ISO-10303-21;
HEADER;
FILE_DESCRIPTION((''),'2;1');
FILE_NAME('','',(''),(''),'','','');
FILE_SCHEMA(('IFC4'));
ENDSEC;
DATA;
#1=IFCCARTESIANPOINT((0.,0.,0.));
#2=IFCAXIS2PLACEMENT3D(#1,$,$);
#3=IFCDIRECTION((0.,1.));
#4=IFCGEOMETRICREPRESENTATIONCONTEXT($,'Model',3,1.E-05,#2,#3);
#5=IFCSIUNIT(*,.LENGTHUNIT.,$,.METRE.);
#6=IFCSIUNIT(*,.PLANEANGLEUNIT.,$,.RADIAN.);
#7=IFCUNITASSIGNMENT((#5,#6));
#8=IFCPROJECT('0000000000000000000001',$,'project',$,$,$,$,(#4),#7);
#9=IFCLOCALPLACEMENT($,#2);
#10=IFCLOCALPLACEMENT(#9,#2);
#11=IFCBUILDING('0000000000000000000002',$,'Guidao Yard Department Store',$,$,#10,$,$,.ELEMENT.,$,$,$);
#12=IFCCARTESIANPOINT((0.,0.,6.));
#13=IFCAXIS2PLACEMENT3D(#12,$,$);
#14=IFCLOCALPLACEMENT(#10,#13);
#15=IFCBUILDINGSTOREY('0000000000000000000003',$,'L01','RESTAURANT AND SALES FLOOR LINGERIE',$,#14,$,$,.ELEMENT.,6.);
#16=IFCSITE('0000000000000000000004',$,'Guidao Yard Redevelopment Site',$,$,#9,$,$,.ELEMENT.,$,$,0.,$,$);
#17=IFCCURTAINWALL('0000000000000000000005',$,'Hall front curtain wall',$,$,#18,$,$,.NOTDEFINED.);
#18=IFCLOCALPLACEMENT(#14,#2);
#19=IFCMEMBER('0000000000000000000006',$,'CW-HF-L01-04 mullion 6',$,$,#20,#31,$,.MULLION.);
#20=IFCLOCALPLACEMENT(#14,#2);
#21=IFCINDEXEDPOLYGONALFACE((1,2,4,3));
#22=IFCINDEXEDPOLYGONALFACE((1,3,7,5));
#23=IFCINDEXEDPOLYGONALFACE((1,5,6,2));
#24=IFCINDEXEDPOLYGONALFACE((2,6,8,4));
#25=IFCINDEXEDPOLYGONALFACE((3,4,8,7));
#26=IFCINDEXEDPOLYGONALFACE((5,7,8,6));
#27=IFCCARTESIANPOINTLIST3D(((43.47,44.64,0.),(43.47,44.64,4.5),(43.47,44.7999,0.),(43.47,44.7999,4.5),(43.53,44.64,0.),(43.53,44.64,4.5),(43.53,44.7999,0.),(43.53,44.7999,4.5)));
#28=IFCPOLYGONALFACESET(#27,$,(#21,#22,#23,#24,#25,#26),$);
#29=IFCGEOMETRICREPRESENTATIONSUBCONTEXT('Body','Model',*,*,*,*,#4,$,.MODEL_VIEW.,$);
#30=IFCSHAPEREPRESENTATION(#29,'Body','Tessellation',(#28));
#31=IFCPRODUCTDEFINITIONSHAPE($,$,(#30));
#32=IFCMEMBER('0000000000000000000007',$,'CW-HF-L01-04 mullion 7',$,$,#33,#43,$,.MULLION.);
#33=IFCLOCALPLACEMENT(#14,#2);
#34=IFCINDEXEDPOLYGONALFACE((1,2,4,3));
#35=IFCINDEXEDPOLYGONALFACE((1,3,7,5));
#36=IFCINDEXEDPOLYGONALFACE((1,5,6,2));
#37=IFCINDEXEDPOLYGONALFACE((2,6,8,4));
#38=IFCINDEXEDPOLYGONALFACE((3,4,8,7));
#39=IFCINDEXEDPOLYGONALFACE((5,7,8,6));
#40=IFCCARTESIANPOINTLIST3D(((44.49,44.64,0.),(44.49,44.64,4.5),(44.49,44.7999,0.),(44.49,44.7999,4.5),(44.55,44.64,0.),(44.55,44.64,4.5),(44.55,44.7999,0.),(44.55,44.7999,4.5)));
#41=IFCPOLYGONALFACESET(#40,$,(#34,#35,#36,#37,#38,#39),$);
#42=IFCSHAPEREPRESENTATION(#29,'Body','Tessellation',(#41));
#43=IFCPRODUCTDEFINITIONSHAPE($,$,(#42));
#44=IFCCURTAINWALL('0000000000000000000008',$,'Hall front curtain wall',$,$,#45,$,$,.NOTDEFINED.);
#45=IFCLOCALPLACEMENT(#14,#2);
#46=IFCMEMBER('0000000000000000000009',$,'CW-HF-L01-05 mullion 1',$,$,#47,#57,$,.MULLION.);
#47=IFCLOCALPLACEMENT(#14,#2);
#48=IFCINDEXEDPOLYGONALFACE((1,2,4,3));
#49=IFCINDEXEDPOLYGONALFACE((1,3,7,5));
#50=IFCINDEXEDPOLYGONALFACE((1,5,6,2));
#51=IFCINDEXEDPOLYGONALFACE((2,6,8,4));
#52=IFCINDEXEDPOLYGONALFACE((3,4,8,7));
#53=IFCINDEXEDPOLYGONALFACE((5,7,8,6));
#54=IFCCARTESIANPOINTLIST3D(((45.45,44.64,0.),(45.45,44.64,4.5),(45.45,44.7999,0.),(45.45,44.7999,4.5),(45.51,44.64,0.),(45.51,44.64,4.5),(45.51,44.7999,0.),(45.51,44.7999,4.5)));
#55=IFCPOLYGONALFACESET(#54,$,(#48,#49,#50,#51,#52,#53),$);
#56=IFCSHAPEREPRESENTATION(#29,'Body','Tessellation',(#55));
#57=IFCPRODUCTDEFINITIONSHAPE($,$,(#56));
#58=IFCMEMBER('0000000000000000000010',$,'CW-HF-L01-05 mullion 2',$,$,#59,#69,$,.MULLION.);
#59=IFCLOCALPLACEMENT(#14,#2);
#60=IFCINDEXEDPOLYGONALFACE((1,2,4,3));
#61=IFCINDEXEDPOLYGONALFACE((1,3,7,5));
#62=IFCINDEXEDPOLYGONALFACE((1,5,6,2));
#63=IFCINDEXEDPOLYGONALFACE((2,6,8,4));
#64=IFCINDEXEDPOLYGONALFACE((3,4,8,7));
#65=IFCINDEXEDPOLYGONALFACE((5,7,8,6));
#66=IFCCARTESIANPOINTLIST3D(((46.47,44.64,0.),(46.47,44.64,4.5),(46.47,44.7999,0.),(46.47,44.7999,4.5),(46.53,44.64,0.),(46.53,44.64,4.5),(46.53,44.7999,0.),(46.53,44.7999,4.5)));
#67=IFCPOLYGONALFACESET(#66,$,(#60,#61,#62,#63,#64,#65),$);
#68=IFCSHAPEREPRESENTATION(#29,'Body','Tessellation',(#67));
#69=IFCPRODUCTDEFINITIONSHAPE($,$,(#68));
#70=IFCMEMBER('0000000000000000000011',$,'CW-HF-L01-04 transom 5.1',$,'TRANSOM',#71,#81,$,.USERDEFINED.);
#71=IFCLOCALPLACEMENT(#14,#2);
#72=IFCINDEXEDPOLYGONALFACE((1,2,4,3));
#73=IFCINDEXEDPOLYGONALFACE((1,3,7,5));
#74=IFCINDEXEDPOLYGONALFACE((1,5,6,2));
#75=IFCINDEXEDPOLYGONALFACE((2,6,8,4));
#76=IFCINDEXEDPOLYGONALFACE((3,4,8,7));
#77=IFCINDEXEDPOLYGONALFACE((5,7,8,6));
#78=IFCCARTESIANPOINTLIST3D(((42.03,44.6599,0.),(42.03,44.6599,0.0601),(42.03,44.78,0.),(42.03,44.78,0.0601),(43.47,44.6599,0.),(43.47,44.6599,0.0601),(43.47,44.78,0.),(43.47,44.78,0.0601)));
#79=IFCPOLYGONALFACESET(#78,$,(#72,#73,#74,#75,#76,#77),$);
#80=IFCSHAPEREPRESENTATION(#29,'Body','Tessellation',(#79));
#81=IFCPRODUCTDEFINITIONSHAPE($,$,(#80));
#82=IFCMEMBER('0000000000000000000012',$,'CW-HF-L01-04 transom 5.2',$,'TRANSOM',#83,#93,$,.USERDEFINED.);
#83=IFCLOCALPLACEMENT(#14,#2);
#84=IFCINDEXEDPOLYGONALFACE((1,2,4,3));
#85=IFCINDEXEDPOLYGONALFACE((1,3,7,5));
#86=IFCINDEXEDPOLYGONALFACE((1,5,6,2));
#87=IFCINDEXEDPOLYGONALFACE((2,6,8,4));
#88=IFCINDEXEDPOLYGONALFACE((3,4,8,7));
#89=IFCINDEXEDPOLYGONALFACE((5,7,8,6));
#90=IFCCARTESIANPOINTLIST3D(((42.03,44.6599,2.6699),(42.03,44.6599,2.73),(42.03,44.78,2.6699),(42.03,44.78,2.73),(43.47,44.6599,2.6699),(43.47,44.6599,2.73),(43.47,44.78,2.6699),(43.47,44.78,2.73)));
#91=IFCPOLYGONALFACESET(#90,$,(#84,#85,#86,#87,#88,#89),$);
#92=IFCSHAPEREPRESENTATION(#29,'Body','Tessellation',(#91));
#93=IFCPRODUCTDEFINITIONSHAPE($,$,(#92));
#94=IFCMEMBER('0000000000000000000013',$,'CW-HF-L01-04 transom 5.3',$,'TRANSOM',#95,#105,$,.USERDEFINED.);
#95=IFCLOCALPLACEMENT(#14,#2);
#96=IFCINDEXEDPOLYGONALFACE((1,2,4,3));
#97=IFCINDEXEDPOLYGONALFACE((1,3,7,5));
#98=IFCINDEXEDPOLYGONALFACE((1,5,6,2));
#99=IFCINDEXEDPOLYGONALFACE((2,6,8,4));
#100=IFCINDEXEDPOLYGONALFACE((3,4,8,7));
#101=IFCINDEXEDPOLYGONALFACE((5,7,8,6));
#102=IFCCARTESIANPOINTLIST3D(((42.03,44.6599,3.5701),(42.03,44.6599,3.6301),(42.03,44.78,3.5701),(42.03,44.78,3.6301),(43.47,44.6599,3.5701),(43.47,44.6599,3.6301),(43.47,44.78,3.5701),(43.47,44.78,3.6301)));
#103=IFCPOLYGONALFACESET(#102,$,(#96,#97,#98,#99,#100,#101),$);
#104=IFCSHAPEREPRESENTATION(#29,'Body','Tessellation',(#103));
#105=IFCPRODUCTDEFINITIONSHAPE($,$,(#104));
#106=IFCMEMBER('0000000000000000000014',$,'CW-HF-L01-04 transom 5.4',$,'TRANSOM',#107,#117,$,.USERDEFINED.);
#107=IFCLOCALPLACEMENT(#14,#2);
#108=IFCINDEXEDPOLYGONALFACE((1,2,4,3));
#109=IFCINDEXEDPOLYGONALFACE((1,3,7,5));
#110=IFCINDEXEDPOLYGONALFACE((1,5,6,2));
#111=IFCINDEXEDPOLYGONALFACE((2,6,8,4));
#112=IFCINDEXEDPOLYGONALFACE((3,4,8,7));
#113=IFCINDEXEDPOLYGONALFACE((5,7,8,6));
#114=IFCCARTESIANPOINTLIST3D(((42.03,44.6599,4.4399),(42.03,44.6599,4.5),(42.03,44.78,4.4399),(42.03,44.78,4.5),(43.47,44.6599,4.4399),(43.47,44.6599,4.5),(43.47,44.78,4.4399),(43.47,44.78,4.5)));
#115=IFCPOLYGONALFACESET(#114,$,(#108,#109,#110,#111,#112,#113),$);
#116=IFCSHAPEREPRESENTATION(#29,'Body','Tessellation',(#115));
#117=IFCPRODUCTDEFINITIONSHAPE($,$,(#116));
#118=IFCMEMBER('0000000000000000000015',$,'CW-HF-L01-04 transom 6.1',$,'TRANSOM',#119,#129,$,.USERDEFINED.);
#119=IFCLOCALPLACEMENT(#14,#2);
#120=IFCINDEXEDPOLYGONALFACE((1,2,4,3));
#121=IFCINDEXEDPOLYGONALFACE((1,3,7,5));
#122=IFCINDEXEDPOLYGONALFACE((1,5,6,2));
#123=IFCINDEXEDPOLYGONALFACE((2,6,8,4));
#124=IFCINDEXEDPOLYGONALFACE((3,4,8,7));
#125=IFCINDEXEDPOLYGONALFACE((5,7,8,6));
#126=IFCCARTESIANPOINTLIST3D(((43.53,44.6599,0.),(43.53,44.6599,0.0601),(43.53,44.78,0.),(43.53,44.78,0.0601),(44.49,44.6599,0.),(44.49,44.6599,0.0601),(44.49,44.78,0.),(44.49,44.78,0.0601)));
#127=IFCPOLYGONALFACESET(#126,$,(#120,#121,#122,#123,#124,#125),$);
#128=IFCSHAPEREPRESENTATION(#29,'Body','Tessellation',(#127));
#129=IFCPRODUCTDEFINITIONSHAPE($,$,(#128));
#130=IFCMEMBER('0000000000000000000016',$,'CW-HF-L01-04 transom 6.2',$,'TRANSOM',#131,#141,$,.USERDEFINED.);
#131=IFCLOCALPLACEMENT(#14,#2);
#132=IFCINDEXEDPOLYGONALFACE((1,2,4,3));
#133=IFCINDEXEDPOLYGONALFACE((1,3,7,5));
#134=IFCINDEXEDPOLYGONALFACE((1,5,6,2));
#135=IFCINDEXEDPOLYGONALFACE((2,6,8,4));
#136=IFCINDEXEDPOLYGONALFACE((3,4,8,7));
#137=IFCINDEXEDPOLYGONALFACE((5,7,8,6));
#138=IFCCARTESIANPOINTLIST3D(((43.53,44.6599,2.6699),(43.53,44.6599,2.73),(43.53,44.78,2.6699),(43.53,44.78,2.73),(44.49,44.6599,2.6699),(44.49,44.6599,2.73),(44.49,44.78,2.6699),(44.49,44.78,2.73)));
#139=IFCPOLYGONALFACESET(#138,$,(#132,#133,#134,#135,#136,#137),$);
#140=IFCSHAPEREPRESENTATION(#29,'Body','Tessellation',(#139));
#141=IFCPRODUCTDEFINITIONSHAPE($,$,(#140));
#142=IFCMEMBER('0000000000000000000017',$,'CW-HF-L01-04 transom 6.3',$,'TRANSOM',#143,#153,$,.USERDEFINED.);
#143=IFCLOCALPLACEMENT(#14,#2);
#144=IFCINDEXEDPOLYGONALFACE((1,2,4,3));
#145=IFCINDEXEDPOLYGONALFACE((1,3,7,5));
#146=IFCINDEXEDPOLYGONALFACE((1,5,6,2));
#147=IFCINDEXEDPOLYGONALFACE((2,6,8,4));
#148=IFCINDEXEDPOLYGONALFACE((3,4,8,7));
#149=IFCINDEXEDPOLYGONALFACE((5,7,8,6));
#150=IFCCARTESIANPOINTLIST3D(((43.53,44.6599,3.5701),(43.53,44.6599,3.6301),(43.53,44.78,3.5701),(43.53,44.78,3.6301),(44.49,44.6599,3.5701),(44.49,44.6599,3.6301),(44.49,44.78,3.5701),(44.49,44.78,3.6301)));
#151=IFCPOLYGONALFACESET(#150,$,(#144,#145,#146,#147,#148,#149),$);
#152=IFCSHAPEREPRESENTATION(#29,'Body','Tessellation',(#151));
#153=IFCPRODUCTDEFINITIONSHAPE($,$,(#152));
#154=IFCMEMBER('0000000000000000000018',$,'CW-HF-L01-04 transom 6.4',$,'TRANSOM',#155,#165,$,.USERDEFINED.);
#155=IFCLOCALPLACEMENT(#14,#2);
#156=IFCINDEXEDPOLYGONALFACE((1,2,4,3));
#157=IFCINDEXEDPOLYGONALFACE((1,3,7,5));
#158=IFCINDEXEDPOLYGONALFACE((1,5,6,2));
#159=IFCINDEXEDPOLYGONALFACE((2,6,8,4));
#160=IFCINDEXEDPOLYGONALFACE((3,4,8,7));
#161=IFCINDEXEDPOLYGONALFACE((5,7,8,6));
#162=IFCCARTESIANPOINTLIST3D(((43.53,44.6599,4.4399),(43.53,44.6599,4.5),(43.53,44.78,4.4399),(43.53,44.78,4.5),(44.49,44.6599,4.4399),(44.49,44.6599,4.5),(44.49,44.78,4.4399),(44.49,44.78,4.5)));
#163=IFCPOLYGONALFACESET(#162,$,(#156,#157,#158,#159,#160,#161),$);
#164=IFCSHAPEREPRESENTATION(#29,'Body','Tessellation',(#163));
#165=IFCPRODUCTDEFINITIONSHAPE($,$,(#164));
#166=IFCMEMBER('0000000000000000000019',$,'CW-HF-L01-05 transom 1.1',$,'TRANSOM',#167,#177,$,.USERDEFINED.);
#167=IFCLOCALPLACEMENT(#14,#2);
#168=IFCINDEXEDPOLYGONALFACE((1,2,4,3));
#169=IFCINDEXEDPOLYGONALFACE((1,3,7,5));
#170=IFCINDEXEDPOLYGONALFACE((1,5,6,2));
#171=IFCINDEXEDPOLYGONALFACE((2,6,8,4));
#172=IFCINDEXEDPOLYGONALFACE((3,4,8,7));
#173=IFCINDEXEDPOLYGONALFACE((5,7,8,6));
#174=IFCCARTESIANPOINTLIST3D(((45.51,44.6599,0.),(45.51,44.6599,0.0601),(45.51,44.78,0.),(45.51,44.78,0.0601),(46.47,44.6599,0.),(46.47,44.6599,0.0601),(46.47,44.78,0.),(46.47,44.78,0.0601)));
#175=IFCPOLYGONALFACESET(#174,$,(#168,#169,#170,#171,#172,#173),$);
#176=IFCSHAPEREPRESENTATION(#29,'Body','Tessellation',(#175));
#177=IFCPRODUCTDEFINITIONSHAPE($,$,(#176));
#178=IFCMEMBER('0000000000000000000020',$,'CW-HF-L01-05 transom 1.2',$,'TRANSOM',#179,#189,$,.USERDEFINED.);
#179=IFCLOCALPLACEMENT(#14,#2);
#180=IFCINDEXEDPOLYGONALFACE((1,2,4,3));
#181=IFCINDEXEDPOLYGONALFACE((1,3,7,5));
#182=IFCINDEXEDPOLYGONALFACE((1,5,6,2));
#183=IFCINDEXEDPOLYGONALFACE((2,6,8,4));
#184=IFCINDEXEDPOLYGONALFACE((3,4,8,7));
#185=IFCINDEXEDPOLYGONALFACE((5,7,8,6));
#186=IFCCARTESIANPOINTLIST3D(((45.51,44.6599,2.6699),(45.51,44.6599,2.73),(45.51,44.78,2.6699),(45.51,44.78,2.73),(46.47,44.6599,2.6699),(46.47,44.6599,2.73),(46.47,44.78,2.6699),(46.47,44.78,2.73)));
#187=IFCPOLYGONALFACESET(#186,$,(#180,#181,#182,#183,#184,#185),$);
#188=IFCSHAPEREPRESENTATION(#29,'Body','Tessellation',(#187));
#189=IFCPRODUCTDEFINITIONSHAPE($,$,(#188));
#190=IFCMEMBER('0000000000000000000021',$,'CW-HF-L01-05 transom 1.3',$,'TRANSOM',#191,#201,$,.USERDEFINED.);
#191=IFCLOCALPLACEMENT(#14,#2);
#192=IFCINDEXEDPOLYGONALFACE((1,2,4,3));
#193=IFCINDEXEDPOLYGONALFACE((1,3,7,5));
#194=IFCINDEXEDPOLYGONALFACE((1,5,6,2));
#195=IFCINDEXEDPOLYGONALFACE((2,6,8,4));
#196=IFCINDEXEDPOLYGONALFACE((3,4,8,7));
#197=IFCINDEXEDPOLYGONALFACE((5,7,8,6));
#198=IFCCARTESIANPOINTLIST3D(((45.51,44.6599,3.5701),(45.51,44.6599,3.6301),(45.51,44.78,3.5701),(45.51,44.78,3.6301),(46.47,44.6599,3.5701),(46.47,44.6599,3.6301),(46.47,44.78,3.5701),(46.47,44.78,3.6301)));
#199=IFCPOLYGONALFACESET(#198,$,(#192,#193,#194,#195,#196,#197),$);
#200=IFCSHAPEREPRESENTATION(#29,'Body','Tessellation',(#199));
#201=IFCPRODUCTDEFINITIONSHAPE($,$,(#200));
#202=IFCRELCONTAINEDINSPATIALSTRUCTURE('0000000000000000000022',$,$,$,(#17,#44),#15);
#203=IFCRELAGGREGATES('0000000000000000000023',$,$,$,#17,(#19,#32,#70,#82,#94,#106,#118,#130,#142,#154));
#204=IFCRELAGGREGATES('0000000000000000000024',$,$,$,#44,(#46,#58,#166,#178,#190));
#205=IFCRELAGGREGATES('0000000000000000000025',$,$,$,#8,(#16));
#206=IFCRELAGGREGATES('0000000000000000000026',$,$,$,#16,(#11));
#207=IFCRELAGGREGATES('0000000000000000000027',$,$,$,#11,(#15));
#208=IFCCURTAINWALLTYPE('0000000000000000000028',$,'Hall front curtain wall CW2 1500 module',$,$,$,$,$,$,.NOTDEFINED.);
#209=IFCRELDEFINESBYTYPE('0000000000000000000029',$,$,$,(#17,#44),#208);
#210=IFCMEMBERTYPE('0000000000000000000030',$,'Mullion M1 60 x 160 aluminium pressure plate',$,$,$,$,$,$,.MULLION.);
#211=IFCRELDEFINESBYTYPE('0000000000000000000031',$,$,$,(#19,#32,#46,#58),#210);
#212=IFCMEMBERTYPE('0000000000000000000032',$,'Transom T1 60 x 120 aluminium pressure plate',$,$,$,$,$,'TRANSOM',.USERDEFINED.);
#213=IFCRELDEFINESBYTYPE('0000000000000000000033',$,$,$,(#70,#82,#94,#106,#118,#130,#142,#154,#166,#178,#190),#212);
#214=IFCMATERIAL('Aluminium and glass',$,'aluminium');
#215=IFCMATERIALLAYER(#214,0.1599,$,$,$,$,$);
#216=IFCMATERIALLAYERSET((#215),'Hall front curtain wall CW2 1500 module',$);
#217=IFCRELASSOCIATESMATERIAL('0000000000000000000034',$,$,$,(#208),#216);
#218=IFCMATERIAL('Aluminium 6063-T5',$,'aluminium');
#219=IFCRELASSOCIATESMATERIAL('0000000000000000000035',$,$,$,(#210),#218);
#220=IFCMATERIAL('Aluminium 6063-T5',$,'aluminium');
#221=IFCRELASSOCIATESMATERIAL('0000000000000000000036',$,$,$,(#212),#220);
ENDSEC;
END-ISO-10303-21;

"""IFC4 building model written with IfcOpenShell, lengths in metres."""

from ifc_helpers import new_model, si_unit, direction, frame, origin, origin_2d, place, context, subcontext, project, spatial, rectangle, extrude, material, layer, layer_set, material_profile, profile_set, type_object, element, aggregate, save


model = new_model("IFC4")

# Units and contexts
model_context = context("Model", 3, precision=1e-05, world=origin(), true_north=direction((0.0, 1.0)))
body_context = subcontext(model_context, "Body", "Model", "MODEL_VIEW")
ifc_project = project(units=[si_unit("LENGTHUNIT", "METRE"), si_unit("PLANEANGLEUNIT", "RADIAN")], contexts=[model_context])

# Site, building, storey
site_placement = place(None, origin())
site = spatial("IfcSite", under=ifc_project, at=site_placement, Name="Guidao Yard Redevelopment Site", CompositionType="ELEMENT", RefElevation=0.0)
building_placement = place(site_placement, origin())
building = spatial("IfcBuilding", under=site, at=building_placement, Name="Guidao Yard Department Store", CompositionType="ELEMENT")
storey_placement = place(building_placement, frame((0.0, 0.0, 6.0)))
storey = spatial("IfcBuildingStorey", under=building, at=storey_placement, Name="L01", Description="RESTAURANT AND SALES FLOOR LINGERIE", CompositionType="ELEMENT", Elevation=6.0)

# Curtain walls, members
ifc_material_1 = material(Name="Aluminium and glass", Category="aluminium")
ifc_layer_1 = layer(ifc_material_1, 0.1599)
ifc_layer_set_1 = layer_set([ifc_layer_1], Name="Hall front curtain wall CW2 1500 module")
curtain_wall_type = type_object("IfcCurtainWallType", Name="Hall front curtain wall CW2 1500 module", PredefinedType="NOTDEFINED", material=ifc_layer_set_1)
curtain_wall_1_placement = place(storey_placement, origin())
curtain_wall_1 = element("IfcCurtainWall", 1, at=curtain_wall_1_placement, inside=storey, type_object=curtain_wall_type, Name="Hall front curtain wall", PredefinedType="NOTDEFINED")
ifc_material_2 = material(Name="Aluminium 6063-T5", Category="aluminium")
ifc_material_profile_1 = material_profile(ifc_material_2, rectangle(XDim=0.0601, YDim=0.1599, at=origin_2d()), Name="Mullion M1 60 x 160 aluminium pressure plate")
ifc_profile_set_1 = profile_set([ifc_material_profile_1], Name="Aluminium 6063-T5")
member_type_1 = type_object("IfcMemberType", Name="Mullion M1 60 x 160 aluminium pressure plate", PredefinedType="MULLION", material=ifc_profile_set_1)
member_1_placement = place(storey_placement, frame((43.5, 44.72, 0.0), z_axis=(0.0, 0.0, 1.0), x_axis=(-1.0, 0.0, 0.0)))
member_1 = element("IfcMember", 2, at=member_1_placement, type_object=member_type_1, Name="CW-HF-L01-04 mullion 6", PredefinedType="MULLION", context=body_context, shape_type="SweptSolid", body=[
    extrude(rectangle(XDim=0.0601, YDim=0.1599, at=origin_2d()), origin(), (0.0, 0.0, 1.0), 4.5),
])
member_2_placement = place(storey_placement, frame((44.52, 44.72, 0.0), z_axis=(0.0, 0.0, 1.0), x_axis=(-1.0, 0.0, 0.0)))
member_2 = element("IfcMember", 3, at=member_2_placement, type_object=member_type_1, Name="CW-HF-L01-04 mullion 7", PredefinedType="MULLION", context=body_context, shape_type="SweptSolid", body=[
    extrude(rectangle(XDim=0.0601, YDim=0.1599, at=origin_2d()), origin(), (0.0, 0.0, 1.0), 4.5),
])
curtain_wall_2_placement = place(storey_placement, origin())
curtain_wall_2 = element("IfcCurtainWall", 4, at=curtain_wall_2_placement, inside=storey, type_object=curtain_wall_type, Name="Hall front curtain wall", PredefinedType="NOTDEFINED")
member_3_placement = place(storey_placement, frame((45.48, 44.72, 0.0), z_axis=(0.0, 0.0, 1.0), x_axis=(-1.0, 0.0, 0.0)))
member_3 = element("IfcMember", 5, at=member_3_placement, type_object=member_type_1, Name="CW-HF-L01-05 mullion 1", PredefinedType="MULLION", context=body_context, shape_type="SweptSolid", body=[
    extrude(rectangle(XDim=0.0601, YDim=0.1599, at=origin_2d()), origin(), (0.0, 0.0, 1.0), 4.5),
])
member_4_placement = place(storey_placement, frame((46.5, 44.72, 0.0), z_axis=(0.0, 0.0, 1.0), x_axis=(-1.0, 0.0, 0.0)))
member_4 = element("IfcMember", 6, at=member_4_placement, type_object=member_type_1, Name="CW-HF-L01-05 mullion 2", PredefinedType="MULLION", context=body_context, shape_type="SweptSolid", body=[
    extrude(rectangle(XDim=0.0601, YDim=0.1599, at=origin_2d()), origin(), (0.0, 0.0, 1.0), 4.5),
])

# Members
ifc_material_3 = material(Name="Aluminium 6063-T5", Category="aluminium")
ifc_material_profile_2 = material_profile(ifc_material_3, rectangle(XDim=0.1201, YDim=0.0601, at=origin_2d()), Name="Transom T1 60 x 120 aluminium pressure plate")
ifc_profile_set_2 = profile_set([ifc_material_profile_2], Name="Aluminium 6063-T5")
member_type_2 = type_object("IfcMemberType", Name="Transom T1 60 x 120 aluminium pressure plate", ElementType="TRANSOM", PredefinedType="USERDEFINED", material=ifc_profile_set_2)
member_5_placement = place(storey_placement, frame((43.47, 44.72, 0.03), z_axis=(-1.0, 0.0, 0.0), x_axis=(0.0, -1.0, 0.0)))
member_5 = element("IfcMember", 7, at=member_5_placement, type_object=member_type_2, Name="CW-HF-L01-04 transom 5.1", ObjectType="TRANSOM", PredefinedType="USERDEFINED", context=body_context, shape_type="SweptSolid", body=[
    extrude(rectangle(XDim=0.1201, YDim=0.0601, at=origin_2d()), origin(), (0.0, 0.0, 1.0), 1.4399),
])
member_6_placement = place(storey_placement, frame((43.47, 44.72, 2.7), z_axis=(-1.0, 0.0, 0.0), x_axis=(0.0, -1.0, 0.0)))
member_6 = element("IfcMember", 8, at=member_6_placement, type_object=member_type_2, Name="CW-HF-L01-04 transom 5.2", ObjectType="TRANSOM", PredefinedType="USERDEFINED", context=body_context, shape_type="SweptSolid", body=[
    extrude(rectangle(XDim=0.1201, YDim=0.0601, at=origin_2d()), origin(), (0.0, 0.0, 1.0), 1.4399),
])
member_7_placement = place(storey_placement, frame((43.47, 44.72, 3.6001), z_axis=(-1.0, 0.0, 0.0), x_axis=(0.0, -1.0, 0.0)))
member_7 = element("IfcMember", 9, at=member_7_placement, type_object=member_type_2, Name="CW-HF-L01-04 transom 5.3", ObjectType="TRANSOM", PredefinedType="USERDEFINED", context=body_context, shape_type="SweptSolid", body=[
    extrude(rectangle(XDim=0.1201, YDim=0.0601, at=origin_2d()), origin(), (0.0, 0.0, 1.0), 1.4399),
])
member_8_placement = place(storey_placement, frame((43.47, 44.72, 4.47), z_axis=(-1.0, 0.0, 0.0), x_axis=(0.0, -1.0, 0.0)))
member_8 = element("IfcMember", 10, at=member_8_placement, type_object=member_type_2, Name="CW-HF-L01-04 transom 5.4", ObjectType="TRANSOM", PredefinedType="USERDEFINED", context=body_context, shape_type="SweptSolid", body=[
    extrude(rectangle(XDim=0.1201, YDim=0.0601, at=origin_2d()), origin(), (0.0, 0.0, 1.0), 1.4399),
])
member_9_placement = place(storey_placement, frame((44.49, 44.72, 0.03), z_axis=(-1.0, 0.0, 0.0), x_axis=(0.0, -1.0, 0.0)))
member_9 = element("IfcMember", 11, at=member_9_placement, type_object=member_type_2, Name="CW-HF-L01-04 transom 6.1", ObjectType="TRANSOM", PredefinedType="USERDEFINED", context=body_context, shape_type="SweptSolid", body=[
    extrude(rectangle(XDim=0.1201, YDim=0.0601, at=origin_2d()), origin(), (0.0, 0.0, 1.0), 0.96),
])
member_10_placement = place(storey_placement, frame((44.49, 44.72, 2.7), z_axis=(-1.0, 0.0, 0.0), x_axis=(0.0, -1.0, 0.0)))
member_10 = element("IfcMember", 12, at=member_10_placement, type_object=member_type_2, Name="CW-HF-L01-04 transom 6.2", ObjectType="TRANSOM", PredefinedType="USERDEFINED", context=body_context, shape_type="SweptSolid", body=[
    extrude(rectangle(XDim=0.1201, YDim=0.0601, at=origin_2d()), origin(), (0.0, 0.0, 1.0), 0.96),
])
member_11_placement = place(storey_placement, frame((44.49, 44.72, 3.6001), z_axis=(-1.0, 0.0, 0.0), x_axis=(0.0, -1.0, 0.0)))
member_11 = element("IfcMember", 13, at=member_11_placement, type_object=member_type_2, Name="CW-HF-L01-04 transom 6.3", ObjectType="TRANSOM", PredefinedType="USERDEFINED", context=body_context, shape_type="SweptSolid", body=[
    extrude(rectangle(XDim=0.1201, YDim=0.0601, at=origin_2d()), origin(), (0.0, 0.0, 1.0), 0.96),
])
member_12_placement = place(storey_placement, frame((44.49, 44.72, 4.47), z_axis=(-1.0, 0.0, 0.0), x_axis=(0.0, -1.0, 0.0)))
member_12 = element("IfcMember", 14, at=member_12_placement, type_object=member_type_2, Name="CW-HF-L01-04 transom 6.4", ObjectType="TRANSOM", PredefinedType="USERDEFINED", context=body_context, shape_type="SweptSolid", body=[
    extrude(rectangle(XDim=0.1201, YDim=0.0601, at=origin_2d()), origin(), (0.0, 0.0, 1.0), 0.96),
])
member_13_placement = place(storey_placement, frame((46.47, 44.72, 0.03), z_axis=(-1.0, 0.0, 0.0), x_axis=(0.0, -1.0, 0.0)))
member_13 = element("IfcMember", 15, at=member_13_placement, type_object=member_type_2, Name="CW-HF-L01-05 transom 1.1", ObjectType="TRANSOM", PredefinedType="USERDEFINED", context=body_context, shape_type="SweptSolid", body=[
    extrude(rectangle(XDim=0.1201, YDim=0.0601, at=origin_2d()), origin(), (0.0, 0.0, 1.0), 0.96),
])
member_14_placement = place(storey_placement, frame((46.47, 44.72, 2.7), z_axis=(-1.0, 0.0, 0.0), x_axis=(0.0, -1.0, 0.0)))
member_14 = element("IfcMember", 16, at=member_14_placement, type_object=member_type_2, Name="CW-HF-L01-05 transom 1.2", ObjectType="TRANSOM", PredefinedType="USERDEFINED", context=body_context, shape_type="SweptSolid", body=[
    extrude(rectangle(XDim=0.1201, YDim=0.0601, at=origin_2d()), origin(), (0.0, 0.0, 1.0), 0.96),
])
member_15_placement = place(storey_placement, frame((46.47, 44.72, 3.6001), z_axis=(-1.0, 0.0, 0.0), x_axis=(0.0, -1.0, 0.0)))
member_15 = element("IfcMember", 17, at=member_15_placement, type_object=member_type_2, Name="CW-HF-L01-05 transom 1.3", ObjectType="TRANSOM", PredefinedType="USERDEFINED", context=body_context, shape_type="SweptSolid", body=[
    extrude(rectangle(XDim=0.1201, YDim=0.0601, at=origin_2d()), origin(), (0.0, 0.0, 1.0), 0.96),
])

aggregate(curtain_wall_1, [member_1, member_2, member_5, member_6, member_7, member_8, member_9, member_10, member_11, member_12])
aggregate(curtain_wall_2, [member_3, member_4, member_13, member_14, member_15])

save(model, "model.ifc")
